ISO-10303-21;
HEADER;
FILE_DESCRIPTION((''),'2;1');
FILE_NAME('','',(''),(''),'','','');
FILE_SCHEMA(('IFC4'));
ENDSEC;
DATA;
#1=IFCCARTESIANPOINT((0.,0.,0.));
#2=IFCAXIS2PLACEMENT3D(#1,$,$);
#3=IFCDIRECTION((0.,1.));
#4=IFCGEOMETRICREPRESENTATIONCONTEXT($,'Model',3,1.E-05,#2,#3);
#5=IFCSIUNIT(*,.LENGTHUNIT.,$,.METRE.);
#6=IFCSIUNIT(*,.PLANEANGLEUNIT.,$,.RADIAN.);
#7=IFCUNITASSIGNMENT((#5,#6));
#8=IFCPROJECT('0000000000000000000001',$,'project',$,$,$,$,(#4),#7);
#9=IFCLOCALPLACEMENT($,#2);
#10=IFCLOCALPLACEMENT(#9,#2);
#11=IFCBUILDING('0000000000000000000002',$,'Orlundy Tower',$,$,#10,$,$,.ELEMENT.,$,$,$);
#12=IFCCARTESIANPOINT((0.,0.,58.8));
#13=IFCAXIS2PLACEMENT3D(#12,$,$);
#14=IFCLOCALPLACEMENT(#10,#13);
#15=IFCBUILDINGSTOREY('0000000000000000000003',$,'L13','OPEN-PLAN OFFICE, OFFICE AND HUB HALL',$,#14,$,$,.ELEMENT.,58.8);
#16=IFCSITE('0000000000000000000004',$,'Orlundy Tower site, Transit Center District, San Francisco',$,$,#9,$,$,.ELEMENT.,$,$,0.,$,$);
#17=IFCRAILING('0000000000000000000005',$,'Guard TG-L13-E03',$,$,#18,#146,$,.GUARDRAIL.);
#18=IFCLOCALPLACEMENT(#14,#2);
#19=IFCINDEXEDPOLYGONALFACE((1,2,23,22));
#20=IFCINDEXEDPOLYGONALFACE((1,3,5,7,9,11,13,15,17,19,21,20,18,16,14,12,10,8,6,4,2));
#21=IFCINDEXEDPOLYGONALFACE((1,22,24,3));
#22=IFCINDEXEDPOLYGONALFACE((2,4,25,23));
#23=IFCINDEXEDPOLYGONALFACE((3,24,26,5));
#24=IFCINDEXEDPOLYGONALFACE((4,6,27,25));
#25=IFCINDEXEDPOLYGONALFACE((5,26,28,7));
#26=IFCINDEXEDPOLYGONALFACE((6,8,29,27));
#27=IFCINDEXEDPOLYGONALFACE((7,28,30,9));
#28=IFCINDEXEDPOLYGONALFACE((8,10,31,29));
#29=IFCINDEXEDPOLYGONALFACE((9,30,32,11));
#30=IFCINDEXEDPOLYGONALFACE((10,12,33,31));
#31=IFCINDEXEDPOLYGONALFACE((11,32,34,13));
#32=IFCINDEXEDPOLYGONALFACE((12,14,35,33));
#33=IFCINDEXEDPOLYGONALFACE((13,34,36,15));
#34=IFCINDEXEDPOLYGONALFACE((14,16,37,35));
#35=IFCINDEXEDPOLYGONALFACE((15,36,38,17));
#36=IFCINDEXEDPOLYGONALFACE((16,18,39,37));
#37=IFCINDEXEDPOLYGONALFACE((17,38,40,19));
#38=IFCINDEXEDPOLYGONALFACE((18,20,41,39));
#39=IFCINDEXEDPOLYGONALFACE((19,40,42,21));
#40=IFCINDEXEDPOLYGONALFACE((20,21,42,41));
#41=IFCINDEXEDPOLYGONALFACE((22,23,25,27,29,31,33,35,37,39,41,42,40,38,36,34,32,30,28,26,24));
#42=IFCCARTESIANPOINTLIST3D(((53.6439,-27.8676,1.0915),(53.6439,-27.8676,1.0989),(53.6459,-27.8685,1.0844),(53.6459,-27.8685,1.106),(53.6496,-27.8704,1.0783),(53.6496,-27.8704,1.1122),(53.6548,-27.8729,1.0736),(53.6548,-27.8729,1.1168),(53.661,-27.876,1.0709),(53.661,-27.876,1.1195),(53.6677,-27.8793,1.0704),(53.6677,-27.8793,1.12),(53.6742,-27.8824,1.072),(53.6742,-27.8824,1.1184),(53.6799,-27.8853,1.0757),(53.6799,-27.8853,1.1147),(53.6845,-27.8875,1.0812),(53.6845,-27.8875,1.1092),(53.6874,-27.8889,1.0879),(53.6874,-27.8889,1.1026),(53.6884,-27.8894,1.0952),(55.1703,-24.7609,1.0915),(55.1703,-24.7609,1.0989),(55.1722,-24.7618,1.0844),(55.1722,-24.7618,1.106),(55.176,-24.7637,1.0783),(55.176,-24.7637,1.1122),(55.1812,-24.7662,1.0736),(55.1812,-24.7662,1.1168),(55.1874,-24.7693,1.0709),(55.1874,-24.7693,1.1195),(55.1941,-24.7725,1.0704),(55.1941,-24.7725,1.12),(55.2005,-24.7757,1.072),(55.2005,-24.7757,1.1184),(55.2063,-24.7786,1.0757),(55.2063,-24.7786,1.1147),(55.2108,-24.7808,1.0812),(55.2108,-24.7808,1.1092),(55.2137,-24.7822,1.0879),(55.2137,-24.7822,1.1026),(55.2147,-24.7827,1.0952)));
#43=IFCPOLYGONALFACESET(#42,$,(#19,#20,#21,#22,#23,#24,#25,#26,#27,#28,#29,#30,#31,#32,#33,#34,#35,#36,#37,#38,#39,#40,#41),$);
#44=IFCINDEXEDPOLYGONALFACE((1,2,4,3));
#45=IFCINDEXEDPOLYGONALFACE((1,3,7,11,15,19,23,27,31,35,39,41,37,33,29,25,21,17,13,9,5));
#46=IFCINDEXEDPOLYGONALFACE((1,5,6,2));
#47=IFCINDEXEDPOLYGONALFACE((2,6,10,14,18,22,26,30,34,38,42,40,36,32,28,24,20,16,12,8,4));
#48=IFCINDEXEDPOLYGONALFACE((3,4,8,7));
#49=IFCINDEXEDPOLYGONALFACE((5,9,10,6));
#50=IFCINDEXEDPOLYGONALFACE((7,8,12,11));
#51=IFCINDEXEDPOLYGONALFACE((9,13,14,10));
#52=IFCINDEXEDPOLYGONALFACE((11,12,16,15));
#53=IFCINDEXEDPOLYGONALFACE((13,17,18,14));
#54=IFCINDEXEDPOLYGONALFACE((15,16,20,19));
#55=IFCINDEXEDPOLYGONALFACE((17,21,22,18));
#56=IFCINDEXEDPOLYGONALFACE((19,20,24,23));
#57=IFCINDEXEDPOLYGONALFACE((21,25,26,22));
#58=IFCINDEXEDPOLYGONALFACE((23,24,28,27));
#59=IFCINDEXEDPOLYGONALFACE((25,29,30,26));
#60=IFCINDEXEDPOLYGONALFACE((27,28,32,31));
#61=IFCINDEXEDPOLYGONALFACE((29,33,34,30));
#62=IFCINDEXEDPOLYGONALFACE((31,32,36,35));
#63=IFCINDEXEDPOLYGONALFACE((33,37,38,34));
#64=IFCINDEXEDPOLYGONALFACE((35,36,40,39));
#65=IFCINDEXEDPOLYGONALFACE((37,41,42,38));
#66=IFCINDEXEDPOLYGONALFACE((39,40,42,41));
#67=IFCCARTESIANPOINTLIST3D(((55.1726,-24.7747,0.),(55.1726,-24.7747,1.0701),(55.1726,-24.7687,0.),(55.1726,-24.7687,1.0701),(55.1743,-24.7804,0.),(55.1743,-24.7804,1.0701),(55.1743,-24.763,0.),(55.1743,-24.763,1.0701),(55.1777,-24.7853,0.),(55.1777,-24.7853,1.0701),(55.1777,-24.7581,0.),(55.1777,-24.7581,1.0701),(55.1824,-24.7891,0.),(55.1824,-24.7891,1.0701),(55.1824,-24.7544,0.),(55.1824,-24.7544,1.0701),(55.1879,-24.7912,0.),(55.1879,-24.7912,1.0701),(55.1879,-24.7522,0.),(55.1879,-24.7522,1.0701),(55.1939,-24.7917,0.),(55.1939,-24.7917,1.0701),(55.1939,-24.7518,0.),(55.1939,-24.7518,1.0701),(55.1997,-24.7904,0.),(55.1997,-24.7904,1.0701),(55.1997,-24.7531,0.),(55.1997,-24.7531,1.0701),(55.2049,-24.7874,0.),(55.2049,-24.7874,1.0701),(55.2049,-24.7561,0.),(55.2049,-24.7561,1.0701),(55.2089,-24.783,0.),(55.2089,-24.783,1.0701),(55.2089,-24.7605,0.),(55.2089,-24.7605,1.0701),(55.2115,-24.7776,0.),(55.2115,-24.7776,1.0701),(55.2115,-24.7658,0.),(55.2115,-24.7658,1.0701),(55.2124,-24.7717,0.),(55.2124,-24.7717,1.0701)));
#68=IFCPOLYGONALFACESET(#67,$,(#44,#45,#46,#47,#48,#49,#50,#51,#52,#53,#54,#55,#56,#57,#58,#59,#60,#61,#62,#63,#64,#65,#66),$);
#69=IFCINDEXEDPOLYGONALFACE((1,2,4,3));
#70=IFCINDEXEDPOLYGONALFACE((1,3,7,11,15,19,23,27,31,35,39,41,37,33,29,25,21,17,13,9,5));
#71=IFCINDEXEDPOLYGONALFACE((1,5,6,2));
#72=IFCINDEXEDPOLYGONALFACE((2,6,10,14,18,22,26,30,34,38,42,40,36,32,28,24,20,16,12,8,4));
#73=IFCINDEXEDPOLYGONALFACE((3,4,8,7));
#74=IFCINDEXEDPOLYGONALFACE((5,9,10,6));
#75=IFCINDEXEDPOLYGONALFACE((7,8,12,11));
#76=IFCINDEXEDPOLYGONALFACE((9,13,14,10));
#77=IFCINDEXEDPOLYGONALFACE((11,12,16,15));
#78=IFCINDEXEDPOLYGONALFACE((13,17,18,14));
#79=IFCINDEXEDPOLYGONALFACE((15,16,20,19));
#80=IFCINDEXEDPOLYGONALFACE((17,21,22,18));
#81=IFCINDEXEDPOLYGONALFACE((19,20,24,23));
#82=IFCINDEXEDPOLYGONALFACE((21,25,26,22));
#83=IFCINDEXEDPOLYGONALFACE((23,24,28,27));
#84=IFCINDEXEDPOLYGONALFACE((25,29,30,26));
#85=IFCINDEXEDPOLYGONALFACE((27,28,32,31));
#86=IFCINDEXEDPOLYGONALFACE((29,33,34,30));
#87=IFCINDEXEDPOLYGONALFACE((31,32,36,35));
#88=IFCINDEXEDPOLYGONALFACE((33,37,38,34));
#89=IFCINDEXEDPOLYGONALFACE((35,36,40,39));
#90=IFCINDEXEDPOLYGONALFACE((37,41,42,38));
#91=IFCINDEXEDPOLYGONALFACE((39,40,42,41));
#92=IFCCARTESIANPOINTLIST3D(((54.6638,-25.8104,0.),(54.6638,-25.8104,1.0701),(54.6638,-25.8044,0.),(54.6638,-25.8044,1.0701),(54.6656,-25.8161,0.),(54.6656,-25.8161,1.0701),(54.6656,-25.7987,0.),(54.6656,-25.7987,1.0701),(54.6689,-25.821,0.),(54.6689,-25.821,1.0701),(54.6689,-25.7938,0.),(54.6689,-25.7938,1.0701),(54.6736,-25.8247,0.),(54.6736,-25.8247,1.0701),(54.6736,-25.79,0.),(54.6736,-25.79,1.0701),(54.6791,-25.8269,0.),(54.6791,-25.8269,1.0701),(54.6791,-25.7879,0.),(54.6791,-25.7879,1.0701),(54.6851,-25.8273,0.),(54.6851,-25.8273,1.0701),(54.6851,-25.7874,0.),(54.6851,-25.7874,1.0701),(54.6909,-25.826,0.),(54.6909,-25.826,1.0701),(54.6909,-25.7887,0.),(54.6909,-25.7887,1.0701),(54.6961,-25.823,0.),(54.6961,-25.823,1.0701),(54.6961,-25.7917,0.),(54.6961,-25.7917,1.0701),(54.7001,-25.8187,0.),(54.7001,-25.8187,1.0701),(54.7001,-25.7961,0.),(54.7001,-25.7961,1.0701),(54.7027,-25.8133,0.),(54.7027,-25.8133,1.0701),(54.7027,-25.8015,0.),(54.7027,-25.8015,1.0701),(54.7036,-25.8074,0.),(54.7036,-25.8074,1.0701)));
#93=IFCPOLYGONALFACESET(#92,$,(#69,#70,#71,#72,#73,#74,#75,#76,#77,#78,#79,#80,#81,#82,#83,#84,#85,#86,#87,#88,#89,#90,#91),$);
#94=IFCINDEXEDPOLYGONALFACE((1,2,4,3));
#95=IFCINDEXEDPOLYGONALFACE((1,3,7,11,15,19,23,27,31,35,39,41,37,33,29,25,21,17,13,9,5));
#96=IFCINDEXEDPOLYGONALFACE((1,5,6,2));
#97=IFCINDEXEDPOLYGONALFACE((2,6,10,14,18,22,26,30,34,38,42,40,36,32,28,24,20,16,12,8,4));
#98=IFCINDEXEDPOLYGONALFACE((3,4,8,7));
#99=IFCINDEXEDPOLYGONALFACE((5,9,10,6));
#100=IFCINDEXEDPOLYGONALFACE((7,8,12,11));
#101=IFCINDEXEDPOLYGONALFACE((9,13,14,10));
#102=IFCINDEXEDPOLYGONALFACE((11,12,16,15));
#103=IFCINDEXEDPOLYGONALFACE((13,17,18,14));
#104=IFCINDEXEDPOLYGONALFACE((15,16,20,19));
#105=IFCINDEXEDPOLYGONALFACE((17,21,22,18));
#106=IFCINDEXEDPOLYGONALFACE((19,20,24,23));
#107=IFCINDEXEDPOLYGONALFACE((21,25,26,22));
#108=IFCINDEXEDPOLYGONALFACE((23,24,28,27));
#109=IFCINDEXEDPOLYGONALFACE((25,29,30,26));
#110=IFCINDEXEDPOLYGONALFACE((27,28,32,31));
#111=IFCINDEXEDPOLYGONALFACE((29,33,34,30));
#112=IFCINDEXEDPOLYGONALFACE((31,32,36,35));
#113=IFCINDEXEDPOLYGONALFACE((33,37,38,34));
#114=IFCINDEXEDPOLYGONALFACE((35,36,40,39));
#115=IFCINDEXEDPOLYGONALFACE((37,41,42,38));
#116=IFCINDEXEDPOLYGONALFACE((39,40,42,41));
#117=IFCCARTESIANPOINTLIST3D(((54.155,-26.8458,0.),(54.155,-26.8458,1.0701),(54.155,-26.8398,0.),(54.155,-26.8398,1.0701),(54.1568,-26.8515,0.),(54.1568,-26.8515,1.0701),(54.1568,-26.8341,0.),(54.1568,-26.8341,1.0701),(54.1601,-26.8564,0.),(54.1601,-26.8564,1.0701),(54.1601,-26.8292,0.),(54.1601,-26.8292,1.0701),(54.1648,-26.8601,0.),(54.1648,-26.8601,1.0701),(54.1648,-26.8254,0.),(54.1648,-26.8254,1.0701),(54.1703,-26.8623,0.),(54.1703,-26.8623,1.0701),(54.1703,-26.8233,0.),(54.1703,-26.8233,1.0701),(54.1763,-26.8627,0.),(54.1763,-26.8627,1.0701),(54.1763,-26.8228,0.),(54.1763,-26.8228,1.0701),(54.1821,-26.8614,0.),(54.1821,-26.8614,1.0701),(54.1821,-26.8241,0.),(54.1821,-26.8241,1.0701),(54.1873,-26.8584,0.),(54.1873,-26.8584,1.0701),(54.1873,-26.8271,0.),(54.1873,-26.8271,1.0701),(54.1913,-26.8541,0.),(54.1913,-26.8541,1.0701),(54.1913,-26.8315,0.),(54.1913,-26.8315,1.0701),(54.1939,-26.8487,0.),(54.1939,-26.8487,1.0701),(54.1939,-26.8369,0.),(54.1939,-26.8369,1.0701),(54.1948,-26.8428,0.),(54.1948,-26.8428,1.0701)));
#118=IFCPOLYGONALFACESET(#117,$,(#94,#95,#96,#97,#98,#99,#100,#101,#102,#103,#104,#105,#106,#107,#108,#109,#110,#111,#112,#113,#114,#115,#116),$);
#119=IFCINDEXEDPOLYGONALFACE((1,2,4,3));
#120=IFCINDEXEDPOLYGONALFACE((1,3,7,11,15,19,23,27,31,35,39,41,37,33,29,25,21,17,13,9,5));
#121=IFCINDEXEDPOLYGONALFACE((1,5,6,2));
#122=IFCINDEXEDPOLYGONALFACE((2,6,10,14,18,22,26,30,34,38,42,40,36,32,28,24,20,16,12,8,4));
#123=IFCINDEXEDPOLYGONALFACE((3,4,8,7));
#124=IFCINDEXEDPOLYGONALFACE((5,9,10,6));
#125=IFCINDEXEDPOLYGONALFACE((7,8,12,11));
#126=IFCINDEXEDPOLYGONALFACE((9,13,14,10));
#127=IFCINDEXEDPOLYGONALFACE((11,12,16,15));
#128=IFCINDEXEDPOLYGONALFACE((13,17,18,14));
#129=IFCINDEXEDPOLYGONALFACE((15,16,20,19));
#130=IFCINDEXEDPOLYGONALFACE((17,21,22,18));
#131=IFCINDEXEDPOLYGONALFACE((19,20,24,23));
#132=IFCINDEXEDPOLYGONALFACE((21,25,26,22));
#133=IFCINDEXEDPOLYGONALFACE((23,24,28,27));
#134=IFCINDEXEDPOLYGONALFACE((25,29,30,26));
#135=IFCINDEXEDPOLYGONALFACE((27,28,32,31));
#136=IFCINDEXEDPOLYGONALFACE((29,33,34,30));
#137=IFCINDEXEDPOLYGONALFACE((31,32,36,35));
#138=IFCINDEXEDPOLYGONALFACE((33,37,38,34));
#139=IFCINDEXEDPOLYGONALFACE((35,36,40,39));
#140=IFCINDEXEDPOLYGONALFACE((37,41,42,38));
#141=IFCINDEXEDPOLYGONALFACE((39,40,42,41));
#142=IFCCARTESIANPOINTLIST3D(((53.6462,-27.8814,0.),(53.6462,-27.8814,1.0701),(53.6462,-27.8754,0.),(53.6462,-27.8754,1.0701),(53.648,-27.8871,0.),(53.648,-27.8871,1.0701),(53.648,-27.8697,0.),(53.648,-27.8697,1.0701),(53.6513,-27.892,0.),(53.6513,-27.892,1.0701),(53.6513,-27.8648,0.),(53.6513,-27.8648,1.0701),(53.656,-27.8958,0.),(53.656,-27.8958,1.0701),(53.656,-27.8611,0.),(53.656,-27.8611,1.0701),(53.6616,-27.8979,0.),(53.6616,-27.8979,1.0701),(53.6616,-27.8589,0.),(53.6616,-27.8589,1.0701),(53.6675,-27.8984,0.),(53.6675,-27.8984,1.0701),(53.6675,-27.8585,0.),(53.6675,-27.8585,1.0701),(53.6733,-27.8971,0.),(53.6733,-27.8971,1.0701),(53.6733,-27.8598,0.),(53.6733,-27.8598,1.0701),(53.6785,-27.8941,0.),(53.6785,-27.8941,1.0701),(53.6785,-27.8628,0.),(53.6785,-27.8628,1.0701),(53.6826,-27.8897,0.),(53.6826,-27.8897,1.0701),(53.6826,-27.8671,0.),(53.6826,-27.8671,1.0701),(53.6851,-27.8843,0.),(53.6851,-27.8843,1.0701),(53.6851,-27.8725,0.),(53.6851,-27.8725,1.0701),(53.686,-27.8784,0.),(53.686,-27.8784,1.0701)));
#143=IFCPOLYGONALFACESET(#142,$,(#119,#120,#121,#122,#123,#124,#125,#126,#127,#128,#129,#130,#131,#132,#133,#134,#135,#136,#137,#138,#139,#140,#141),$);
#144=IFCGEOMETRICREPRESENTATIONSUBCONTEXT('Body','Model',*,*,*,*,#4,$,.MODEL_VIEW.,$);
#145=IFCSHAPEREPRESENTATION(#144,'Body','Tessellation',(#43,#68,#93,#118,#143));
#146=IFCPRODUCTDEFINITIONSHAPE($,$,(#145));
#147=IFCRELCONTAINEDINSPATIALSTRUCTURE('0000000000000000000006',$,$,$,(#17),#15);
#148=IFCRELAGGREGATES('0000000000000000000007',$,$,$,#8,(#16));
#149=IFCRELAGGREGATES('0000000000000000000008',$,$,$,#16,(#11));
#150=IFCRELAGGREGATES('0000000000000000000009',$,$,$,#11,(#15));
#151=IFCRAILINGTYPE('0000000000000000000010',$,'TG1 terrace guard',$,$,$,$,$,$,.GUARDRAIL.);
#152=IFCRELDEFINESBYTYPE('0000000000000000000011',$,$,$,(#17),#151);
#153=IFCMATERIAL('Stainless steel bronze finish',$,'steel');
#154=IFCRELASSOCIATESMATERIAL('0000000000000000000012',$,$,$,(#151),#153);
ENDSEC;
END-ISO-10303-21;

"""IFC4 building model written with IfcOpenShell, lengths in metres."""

from ifc_helpers import new_model, si_unit, direction, frame, origin, origin_2d, place, context, subcontext, project, spatial, circle, extrude, material, type_object, element, save


model = new_model("IFC4")

# Units and contexts
model_context = context("Model", 3, precision=1e-05, world=origin(), true_north=direction((0.0, 1.0)))
body_context = subcontext(model_context, "Body", "Model", "MODEL_VIEW")
ifc_project = project(units=[si_unit("LENGTHUNIT", "METRE"), si_unit("PLANEANGLEUNIT", "RADIAN")], contexts=[model_context])

# Site, building, storey
site_placement = place(None, origin())
site = spatial("IfcSite", under=ifc_project, at=site_placement, Name="Orlundy Tower site, Transit Center District, San Francisco", CompositionType="ELEMENT", RefElevation=0.0)
building_placement = place(site_placement, origin())
building = spatial("IfcBuilding", under=site, at=building_placement, Name="Orlundy Tower", CompositionType="ELEMENT")
storey_placement = place(building_placement, frame((0.0, 0.0, 58.8)))
storey = spatial("IfcBuildingStorey", under=building, at=storey_placement, Name="L13", Description="OPEN-PLAN OFFICE, OFFICE AND HUB HALL", CompositionType="ELEMENT", Elevation=58.8)

# Railing
ifc_material_1 = material(Name="Stainless steel bronze finish", Category="steel")
railing_type = type_object("IfcRailingType", Name="TG1 terrace guard", PredefinedType="GUARDRAIL", material=ifc_material_1)
railing_1_placement = place(storey_placement, frame((55.1924, -24.7717, 0.0)))
element("IfcRailing", 1, at=railing_1_placement, inside=storey, type_object=railing_type, Name="Guard TG-L13-E03", PredefinedType="GUARDRAIL", context=body_context, shape_type="SweptSolid", body=[
    extrude(circle(Radius=0.0249, at=origin_2d()), frame((0.0, 0.0, 1.0952), z_axis=(-0.440968, -0.897523, 0.0), x_axis=(0.897523, -0.440968, 0.0)), (0.0, 0.0, 1.0), 3.4614),
    extrude(circle(Radius=0.02, at=origin_2d()), origin(), (0.0, 0.0, 1.0), 1.0701),
    extrude(circle(Radius=0.02, at=origin_2d()), frame((-0.5088, -1.0356, 0.0)), (0.0, 0.0, 1.0), 1.0701),
    extrude(circle(Radius=0.02, at=origin_2d()), frame((-1.0176, -2.071, 0.0)), (0.0, 0.0, 1.0), 1.0701),
    extrude(circle(Radius=0.02, at=origin_2d()), frame((-1.5264, -3.1067, 0.0)), (0.0, 0.0, 1.0), 1.0701),
])

save(model, "model.ifc")
